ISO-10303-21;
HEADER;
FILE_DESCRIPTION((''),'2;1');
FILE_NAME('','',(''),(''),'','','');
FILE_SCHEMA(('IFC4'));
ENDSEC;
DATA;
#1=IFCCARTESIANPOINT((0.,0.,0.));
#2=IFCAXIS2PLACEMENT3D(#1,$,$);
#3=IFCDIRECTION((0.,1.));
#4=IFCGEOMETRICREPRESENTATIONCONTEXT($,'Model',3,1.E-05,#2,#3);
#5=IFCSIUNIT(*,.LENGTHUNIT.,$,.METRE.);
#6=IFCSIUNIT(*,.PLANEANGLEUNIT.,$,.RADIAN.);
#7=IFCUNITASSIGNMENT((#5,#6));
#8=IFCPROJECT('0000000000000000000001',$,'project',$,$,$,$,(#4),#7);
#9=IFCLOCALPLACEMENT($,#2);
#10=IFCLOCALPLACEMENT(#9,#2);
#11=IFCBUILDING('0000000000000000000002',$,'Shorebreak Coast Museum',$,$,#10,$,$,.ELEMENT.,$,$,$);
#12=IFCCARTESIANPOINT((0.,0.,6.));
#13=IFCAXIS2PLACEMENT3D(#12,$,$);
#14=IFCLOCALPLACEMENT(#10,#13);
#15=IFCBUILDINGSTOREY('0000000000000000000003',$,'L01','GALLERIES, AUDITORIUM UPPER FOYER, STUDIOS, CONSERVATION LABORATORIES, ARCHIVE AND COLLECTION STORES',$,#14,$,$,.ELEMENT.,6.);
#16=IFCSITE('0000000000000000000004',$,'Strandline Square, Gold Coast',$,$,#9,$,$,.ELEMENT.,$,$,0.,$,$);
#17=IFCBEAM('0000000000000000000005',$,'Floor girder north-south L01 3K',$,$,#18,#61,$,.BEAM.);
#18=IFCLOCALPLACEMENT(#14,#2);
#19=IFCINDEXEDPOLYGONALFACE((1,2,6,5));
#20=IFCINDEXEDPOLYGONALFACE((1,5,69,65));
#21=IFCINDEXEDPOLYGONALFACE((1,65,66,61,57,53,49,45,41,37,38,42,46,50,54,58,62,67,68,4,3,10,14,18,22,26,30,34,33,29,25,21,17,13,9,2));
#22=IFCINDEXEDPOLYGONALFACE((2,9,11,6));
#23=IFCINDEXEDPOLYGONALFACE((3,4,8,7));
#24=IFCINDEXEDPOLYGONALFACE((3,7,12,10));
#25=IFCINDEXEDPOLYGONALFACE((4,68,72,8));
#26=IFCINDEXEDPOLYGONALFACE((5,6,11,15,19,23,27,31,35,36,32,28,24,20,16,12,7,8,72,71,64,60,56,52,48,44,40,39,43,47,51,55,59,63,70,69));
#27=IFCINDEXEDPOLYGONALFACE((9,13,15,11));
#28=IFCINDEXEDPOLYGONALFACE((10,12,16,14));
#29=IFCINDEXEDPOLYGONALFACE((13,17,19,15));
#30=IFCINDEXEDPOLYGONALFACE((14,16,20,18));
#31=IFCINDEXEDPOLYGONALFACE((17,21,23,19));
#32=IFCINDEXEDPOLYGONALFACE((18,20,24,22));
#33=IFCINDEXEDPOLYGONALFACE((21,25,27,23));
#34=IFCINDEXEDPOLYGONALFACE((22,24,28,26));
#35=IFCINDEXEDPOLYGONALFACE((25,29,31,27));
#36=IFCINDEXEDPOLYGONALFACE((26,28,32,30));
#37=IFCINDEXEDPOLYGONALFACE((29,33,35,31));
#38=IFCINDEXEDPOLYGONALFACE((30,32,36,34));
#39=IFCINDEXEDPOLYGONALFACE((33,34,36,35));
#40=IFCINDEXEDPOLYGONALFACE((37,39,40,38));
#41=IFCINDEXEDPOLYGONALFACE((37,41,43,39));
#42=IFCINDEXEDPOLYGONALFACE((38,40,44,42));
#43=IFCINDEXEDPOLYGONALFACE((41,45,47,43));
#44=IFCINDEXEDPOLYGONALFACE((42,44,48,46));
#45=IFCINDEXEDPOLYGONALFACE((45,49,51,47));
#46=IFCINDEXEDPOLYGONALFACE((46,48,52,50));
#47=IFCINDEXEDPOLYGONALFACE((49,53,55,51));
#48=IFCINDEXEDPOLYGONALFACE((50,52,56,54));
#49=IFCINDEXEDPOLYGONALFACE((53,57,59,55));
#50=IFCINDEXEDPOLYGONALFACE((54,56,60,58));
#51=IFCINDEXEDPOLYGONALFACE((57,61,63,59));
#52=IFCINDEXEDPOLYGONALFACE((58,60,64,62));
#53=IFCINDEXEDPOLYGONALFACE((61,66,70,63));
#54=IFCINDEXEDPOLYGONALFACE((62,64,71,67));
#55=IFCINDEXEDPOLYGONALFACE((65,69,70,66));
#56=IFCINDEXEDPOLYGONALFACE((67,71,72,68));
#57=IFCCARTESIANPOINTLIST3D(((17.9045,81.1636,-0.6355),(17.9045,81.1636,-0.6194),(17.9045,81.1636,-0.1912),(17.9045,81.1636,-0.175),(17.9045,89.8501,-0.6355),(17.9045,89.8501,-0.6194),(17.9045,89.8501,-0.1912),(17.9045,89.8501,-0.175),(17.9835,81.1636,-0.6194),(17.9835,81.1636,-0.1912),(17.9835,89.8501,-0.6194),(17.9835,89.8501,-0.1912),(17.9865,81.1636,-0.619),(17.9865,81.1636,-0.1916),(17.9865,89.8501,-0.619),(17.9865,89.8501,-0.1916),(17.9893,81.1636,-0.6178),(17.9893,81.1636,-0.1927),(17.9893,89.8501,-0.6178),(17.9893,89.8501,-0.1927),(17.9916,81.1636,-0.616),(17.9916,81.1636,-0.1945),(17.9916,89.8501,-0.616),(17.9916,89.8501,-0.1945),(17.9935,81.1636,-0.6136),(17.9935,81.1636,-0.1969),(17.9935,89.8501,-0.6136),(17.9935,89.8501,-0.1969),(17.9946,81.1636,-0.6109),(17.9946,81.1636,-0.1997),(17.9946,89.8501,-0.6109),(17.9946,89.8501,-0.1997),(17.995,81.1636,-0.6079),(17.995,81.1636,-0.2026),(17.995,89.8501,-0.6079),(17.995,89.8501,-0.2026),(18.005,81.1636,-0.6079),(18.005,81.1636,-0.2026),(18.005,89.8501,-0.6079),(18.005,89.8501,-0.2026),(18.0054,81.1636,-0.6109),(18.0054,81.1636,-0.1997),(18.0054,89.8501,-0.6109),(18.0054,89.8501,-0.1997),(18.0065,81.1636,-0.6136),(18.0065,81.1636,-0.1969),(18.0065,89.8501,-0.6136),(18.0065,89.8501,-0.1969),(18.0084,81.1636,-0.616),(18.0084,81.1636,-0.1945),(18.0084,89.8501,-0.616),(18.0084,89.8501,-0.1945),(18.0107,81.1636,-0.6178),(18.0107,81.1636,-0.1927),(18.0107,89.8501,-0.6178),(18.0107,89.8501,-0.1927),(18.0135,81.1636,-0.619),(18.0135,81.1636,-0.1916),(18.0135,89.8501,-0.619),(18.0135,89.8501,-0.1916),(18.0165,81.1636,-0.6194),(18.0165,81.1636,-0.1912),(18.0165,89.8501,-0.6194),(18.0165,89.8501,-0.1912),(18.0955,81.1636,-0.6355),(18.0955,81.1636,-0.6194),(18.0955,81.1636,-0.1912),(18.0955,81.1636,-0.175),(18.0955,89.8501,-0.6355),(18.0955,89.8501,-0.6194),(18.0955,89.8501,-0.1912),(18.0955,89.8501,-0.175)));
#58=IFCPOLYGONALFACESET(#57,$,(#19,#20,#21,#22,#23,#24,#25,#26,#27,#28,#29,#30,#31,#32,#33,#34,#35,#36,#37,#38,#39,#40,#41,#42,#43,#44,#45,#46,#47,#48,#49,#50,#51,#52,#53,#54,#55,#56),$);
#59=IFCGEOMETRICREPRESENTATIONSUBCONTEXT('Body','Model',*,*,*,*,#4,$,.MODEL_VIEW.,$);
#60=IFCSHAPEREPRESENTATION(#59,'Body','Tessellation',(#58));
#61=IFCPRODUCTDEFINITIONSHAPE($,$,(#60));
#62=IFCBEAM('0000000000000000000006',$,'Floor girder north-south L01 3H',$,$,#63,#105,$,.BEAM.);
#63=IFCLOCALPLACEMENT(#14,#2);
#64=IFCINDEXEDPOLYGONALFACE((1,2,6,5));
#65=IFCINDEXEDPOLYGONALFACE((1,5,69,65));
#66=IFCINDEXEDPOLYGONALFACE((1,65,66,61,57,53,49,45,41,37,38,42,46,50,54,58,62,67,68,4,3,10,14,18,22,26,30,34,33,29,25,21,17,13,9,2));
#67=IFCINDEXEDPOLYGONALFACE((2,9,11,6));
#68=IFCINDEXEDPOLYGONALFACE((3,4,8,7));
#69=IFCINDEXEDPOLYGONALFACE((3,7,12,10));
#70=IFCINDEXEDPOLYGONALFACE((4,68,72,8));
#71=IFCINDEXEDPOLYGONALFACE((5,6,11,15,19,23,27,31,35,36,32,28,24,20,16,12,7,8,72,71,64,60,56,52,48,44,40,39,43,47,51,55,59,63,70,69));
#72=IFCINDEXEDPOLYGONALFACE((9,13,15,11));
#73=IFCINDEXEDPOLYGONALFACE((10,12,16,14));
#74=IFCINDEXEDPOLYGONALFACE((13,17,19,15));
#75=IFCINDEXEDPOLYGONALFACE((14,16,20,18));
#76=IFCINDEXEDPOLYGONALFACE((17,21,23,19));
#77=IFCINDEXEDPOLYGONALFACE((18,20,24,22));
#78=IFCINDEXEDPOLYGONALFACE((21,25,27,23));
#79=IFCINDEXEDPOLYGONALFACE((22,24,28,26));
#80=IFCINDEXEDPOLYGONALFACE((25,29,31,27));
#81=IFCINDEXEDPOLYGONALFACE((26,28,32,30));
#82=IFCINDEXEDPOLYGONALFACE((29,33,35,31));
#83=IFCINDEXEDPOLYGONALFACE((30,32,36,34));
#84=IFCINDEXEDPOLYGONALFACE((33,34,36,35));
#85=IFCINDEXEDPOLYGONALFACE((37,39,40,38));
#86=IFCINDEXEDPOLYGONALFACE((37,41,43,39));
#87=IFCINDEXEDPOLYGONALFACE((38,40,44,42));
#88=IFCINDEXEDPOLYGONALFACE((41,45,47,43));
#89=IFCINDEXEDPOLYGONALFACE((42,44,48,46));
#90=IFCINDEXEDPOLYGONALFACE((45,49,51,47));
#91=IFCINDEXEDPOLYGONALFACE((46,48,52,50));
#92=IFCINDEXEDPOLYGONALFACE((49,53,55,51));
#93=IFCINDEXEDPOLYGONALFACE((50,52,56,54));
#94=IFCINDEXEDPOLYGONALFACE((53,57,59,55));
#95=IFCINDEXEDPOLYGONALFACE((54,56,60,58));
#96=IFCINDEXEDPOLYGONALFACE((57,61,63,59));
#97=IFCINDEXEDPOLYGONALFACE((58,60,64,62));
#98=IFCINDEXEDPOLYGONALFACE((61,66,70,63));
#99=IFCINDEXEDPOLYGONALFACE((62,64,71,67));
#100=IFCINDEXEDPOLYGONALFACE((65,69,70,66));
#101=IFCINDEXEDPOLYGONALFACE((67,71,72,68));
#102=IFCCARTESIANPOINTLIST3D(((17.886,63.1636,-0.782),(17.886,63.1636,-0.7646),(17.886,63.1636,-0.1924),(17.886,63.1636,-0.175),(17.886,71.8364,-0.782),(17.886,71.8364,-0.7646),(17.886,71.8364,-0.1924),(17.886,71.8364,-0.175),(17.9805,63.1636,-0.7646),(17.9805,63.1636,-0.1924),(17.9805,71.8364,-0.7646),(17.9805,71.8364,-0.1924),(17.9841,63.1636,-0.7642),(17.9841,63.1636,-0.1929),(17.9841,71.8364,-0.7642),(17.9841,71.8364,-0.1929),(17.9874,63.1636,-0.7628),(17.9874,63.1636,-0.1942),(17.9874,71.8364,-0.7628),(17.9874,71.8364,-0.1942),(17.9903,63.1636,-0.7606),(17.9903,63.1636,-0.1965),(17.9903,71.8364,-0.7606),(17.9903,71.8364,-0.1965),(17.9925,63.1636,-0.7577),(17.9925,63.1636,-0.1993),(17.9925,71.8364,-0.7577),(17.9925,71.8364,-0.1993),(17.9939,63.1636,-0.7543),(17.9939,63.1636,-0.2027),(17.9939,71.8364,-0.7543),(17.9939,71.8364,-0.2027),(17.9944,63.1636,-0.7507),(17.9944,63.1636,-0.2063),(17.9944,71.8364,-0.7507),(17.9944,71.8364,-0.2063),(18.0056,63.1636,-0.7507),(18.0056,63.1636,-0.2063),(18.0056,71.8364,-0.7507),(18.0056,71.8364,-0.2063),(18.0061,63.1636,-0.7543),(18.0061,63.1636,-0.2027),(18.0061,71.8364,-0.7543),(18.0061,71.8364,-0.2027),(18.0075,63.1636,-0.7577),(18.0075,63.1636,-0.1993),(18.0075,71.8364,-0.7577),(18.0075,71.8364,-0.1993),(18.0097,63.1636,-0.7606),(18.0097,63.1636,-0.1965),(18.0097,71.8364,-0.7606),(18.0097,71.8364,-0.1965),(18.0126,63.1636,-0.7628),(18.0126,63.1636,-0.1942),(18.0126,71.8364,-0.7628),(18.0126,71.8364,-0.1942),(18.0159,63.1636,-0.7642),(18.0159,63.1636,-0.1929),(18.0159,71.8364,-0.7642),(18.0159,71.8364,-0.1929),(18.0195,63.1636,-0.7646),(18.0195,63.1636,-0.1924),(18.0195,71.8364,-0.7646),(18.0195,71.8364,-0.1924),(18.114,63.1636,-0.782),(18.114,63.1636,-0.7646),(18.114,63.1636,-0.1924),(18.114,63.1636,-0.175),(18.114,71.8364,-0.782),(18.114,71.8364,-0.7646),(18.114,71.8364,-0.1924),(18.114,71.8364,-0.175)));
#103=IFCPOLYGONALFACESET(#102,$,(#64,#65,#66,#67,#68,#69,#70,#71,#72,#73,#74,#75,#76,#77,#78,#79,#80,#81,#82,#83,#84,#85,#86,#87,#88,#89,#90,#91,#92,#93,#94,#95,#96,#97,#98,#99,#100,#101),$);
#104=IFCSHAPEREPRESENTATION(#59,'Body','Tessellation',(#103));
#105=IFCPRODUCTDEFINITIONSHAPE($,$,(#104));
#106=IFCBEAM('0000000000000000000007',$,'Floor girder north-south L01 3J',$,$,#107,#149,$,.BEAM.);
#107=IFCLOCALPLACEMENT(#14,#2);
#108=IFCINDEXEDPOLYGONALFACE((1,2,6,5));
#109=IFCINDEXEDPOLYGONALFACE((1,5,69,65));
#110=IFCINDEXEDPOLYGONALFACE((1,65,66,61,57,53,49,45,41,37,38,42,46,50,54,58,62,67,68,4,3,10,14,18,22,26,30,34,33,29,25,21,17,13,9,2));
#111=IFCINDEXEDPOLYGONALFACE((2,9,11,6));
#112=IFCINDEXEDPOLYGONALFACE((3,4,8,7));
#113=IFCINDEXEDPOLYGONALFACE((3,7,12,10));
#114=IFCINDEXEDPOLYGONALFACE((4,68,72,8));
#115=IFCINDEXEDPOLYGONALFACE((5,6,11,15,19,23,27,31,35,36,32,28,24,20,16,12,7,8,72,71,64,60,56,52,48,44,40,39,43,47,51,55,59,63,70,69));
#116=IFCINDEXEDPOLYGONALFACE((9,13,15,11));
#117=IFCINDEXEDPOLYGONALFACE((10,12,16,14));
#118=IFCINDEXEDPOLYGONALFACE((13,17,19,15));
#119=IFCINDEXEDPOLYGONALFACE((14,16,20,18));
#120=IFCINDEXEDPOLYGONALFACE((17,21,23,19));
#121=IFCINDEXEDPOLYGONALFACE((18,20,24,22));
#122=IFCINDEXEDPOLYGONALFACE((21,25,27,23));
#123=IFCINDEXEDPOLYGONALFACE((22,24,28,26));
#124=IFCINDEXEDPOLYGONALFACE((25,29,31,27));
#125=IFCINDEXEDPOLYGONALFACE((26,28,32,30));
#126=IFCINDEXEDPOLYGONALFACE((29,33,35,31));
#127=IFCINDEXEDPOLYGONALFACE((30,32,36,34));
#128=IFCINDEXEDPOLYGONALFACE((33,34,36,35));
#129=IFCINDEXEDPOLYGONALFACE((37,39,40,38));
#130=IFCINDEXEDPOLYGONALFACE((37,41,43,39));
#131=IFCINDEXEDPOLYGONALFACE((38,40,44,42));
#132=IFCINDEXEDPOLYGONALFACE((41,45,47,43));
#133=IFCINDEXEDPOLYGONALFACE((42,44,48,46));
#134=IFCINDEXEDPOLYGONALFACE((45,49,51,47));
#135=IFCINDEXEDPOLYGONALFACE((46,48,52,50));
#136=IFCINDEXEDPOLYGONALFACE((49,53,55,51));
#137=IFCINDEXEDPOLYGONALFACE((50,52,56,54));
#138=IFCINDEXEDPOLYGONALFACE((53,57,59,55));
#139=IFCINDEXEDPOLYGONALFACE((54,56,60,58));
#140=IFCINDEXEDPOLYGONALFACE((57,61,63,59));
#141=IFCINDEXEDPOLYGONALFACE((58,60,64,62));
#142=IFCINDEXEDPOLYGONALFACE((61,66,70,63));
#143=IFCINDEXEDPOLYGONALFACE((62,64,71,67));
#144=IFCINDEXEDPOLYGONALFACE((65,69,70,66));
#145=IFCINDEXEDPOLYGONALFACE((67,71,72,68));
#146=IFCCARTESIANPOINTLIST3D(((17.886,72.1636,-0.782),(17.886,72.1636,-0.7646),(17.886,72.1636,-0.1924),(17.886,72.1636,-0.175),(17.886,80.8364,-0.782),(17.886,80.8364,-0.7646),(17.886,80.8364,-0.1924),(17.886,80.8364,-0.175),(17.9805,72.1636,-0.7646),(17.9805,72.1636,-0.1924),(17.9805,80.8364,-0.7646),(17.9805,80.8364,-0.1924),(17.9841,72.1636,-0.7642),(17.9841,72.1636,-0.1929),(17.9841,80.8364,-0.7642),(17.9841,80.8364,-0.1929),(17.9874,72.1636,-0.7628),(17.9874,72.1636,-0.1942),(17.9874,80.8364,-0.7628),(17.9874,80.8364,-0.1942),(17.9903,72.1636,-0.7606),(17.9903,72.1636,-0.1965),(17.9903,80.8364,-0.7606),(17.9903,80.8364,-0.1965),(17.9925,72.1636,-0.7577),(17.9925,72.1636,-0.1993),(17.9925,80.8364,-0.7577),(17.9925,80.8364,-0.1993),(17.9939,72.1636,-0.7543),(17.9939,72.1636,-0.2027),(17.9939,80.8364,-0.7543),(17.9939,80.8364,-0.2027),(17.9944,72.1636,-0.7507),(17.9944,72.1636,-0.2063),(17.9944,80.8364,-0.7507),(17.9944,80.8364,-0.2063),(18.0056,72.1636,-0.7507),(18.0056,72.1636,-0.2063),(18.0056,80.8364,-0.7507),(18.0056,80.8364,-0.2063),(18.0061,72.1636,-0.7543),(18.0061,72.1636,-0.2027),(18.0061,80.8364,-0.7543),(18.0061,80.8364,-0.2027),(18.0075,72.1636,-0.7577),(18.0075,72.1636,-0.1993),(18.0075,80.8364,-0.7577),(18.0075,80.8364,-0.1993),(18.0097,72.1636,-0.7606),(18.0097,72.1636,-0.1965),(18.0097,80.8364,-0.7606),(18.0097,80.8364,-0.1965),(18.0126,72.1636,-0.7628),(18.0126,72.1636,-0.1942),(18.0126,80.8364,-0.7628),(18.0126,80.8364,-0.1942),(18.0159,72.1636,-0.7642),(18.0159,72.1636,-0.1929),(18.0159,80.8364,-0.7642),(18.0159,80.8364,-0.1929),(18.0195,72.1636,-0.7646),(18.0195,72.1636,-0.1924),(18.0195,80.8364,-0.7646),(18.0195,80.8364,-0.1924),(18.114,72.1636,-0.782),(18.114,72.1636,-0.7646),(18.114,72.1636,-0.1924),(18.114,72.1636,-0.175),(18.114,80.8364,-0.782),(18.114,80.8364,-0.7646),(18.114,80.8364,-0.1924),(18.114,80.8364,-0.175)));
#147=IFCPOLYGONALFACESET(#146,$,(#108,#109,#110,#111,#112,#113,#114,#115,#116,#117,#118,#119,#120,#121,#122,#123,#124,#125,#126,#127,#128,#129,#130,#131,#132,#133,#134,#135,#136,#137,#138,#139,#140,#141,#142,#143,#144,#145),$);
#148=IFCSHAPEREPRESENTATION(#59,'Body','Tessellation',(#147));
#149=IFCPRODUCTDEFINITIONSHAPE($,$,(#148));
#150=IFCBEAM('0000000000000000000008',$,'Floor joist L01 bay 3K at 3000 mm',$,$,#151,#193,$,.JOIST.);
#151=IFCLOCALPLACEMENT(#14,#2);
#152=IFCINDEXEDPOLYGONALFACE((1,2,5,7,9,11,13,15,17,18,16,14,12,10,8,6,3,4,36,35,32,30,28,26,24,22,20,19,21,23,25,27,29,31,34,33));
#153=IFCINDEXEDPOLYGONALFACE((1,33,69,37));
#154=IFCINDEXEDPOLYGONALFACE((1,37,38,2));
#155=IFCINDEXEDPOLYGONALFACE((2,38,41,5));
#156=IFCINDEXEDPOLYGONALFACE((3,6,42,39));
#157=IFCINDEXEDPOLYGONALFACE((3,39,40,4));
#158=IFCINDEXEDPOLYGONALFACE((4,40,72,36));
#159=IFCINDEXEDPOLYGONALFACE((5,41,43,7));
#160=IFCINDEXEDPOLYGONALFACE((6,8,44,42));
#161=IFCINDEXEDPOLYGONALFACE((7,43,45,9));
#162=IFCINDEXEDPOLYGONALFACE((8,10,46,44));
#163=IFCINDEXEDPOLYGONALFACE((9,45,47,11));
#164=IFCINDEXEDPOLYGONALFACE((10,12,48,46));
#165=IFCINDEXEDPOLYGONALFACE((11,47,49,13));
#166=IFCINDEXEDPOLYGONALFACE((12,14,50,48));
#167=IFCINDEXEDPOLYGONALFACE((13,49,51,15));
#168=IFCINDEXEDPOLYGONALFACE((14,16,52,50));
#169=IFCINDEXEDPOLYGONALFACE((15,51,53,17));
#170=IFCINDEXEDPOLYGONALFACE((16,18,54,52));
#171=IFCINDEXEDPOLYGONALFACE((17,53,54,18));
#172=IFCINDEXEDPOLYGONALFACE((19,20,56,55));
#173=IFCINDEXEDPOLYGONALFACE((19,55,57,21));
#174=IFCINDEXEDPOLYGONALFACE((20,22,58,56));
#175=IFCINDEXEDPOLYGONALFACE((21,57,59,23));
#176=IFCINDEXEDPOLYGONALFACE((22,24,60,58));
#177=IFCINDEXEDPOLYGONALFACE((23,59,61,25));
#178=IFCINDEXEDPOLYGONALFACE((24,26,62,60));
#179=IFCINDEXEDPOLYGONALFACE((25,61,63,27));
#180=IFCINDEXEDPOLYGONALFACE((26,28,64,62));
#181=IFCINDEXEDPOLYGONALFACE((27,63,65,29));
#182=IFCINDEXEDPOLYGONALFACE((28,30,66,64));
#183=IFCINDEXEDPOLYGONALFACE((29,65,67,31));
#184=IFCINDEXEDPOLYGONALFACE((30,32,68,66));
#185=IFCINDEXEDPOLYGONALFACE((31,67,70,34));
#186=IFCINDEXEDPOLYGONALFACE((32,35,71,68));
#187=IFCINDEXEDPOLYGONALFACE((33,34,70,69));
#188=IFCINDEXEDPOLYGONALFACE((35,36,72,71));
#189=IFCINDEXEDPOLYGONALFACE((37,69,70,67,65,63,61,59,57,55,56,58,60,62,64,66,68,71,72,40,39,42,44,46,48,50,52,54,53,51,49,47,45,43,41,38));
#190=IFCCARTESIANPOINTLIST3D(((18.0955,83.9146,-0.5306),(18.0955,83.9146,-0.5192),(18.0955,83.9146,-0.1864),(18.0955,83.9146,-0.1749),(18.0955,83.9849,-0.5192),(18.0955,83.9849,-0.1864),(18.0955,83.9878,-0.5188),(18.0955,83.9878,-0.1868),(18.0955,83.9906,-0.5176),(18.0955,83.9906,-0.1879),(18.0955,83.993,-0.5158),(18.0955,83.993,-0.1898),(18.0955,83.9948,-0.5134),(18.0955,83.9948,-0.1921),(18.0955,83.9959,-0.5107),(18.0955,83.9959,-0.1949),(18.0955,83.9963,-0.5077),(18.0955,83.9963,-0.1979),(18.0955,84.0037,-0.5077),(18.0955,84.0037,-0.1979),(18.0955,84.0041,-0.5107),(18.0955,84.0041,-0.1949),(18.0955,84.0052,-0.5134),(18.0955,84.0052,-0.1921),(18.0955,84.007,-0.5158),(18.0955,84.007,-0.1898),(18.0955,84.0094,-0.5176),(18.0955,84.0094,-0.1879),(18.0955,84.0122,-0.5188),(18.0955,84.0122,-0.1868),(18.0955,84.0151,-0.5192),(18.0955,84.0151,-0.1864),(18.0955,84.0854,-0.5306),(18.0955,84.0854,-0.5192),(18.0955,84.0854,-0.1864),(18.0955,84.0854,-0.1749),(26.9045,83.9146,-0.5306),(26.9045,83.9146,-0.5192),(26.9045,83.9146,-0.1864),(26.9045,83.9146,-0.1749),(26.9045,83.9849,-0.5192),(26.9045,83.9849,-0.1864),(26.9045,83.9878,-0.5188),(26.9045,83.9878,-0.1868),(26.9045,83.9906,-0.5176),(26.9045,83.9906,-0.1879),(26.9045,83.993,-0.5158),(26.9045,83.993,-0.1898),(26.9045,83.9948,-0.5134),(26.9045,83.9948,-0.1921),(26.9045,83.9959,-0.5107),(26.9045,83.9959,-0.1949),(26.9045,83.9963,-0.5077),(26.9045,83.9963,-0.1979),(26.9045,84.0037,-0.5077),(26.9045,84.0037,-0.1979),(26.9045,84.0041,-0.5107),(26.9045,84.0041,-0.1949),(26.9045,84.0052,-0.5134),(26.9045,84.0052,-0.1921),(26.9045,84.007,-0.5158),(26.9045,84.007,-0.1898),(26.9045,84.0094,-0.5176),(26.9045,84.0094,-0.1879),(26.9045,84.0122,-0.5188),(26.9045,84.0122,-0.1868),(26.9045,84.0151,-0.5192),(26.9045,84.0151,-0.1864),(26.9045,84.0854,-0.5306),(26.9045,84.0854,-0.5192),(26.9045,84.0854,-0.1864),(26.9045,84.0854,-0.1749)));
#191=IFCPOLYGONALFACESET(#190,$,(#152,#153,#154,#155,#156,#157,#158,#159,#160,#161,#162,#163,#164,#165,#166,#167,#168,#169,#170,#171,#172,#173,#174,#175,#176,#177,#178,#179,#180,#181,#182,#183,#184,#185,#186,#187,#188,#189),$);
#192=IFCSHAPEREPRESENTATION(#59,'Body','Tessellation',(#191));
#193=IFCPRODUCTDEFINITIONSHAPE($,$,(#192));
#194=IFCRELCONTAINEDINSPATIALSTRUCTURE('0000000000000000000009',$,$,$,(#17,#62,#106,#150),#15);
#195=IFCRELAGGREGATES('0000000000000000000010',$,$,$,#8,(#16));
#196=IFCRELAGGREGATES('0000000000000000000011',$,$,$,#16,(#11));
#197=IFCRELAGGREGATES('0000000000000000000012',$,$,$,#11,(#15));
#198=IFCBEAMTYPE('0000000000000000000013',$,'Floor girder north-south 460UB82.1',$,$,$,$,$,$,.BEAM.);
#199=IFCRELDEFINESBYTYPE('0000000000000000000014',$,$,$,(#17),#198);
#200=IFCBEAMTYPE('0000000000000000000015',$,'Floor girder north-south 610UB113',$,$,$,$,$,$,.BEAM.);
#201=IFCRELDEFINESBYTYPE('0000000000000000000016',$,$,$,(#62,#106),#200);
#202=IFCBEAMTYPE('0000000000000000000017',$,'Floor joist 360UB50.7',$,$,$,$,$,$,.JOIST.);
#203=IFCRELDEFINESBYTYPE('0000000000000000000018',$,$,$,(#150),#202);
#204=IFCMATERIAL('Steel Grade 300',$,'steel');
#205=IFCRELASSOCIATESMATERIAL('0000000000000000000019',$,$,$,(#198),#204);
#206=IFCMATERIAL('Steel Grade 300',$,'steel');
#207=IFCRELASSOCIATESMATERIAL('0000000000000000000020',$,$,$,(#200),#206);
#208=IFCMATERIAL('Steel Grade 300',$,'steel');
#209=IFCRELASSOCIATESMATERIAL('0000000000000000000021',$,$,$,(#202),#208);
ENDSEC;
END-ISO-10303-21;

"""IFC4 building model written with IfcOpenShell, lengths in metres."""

from ifc_helpers import new_model, si_unit, direction, frame, origin, origin_2d, place, context, subcontext, project, spatial, i_section, extrude, material, material_profile, profile_set, type_object, element, save


model = new_model("IFC4")

# Units and contexts
model_context = context("Model", 3, precision=1e-05, world=origin(), true_north=direction((0.0, 1.0)))
body_context = subcontext(model_context, "Body", "Model", "MODEL_VIEW")
ifc_project = project(units=[si_unit("LENGTHUNIT", "METRE"), si_unit("PLANEANGLEUNIT", "RADIAN")], contexts=[model_context])

# Site, building, storey
site_placement = place(None, origin())
site = spatial("IfcSite", under=ifc_project, at=site_placement, Name="Strandline Square, Gold Coast", CompositionType="ELEMENT", RefElevation=0.0)
building_placement = place(site_placement, origin())
building = spatial("IfcBuilding", under=site, at=building_placement, Name="Shorebreak Coast Museum", CompositionType="ELEMENT")
storey_placement = place(building_placement, frame((0.0, 0.0, 6.0)))
storey = spatial("IfcBuildingStorey", under=building, at=storey_placement, Name="L01", Description="GALLERIES, AUDITORIUM UPPER FOYER, STUDIOS, CONSERVATION LABORATORIES, ARCHIVE AND COLLECTION STORES", CompositionType="ELEMENT", Elevation=6.0)

# Beams
ifc_material_1 = material(Name="Steel Grade 300", Category="steel")
ifc_material_profile_1 = material_profile(ifc_material_1, i_section(OverallWidth=0.1909, OverallDepth=0.4604, WebThickness=0.01, FlangeThickness=0.0161, FilletRadius=0.0115, at=origin_2d()), Name="460UB82.1")
ifc_profile_set_1 = profile_set([ifc_material_profile_1], Name="Steel Grade 300")
beam_type_1 = type_object("IfcBeamType", Name="Floor girder north-south 460UB82.1", PredefinedType="BEAM", material=ifc_profile_set_1)
beam_1_placement = place(storey_placement, frame((18.0, 81.1636, -0.4053), z_axis=(0.0, 1.0, 0.0), x_axis=(-1.0, 0.0, 0.0)))
element("IfcBeam", 1, at=beam_1_placement, inside=storey, type_object=beam_type_1, Name="Floor girder north-south L01 3K", PredefinedType="BEAM", context=body_context, shape_type="SweptSolid", body=[
    extrude(i_section(OverallWidth=0.1909, OverallDepth=0.4604, WebThickness=0.01, FlangeThickness=0.0161, FilletRadius=0.0115, at=origin_2d()), origin(), (0.0, 0.0, 1.0), 8.6865),
])
ifc_material_2 = material(Name="Steel Grade 300", Category="steel")
ifc_material_profile_2 = material_profile(ifc_material_2, i_section(OverallWidth=0.228, OverallDepth=0.6069, WebThickness=0.0112, FlangeThickness=0.0173, FilletRadius=0.0139, at=origin_2d()), Name="610UB113")
ifc_profile_set_2 = profile_set([ifc_material_profile_2], Name="Steel Grade 300")
beam_type_2 = type_object("IfcBeamType", Name="Floor girder north-south 610UB113", PredefinedType="BEAM", material=ifc_profile_set_2)
for number, where, z_axis, x_axis, name in (
    (2, (18.0, 63.1636, -0.4785), (0.0, 1.0, 0.0), (-1.0, 0.0, 0.0), "Floor girder north-south L01 3H"),
    (3, (18.0, 72.1636, -0.4785), (0.0, 1.0, 0.0), (-1.0, 0.0, 0.0), "Floor girder north-south L01 3J"),
):
    element("IfcBeam", number, at=place(storey_placement, frame(where, z_axis=z_axis, x_axis=x_axis)), inside=storey, type_object=beam_type_2, Name=name, PredefinedType="BEAM", context=body_context, shape_type="SweptSolid", body=[
        extrude(i_section(OverallWidth=0.228, OverallDepth=0.6069, WebThickness=0.0112, FlangeThickness=0.0173, FilletRadius=0.0139, at=origin_2d()), origin(), (0.0, 0.0, 1.0), 8.6729),
    ])
ifc_material_3 = material(Name="Steel Grade 300", Category="steel")
ifc_material_profile_3 = material_profile(ifc_material_3, i_section(OverallWidth=0.1709, OverallDepth=0.3557, WebThickness=0.0073, FlangeThickness=0.0115, FilletRadius=0.0115, at=origin_2d()), Name="360UB50.7")
ifc_profile_set_3 = profile_set([ifc_material_profile_3], Name="Steel Grade 300")
beam_type_3 = type_object("IfcBeamType", Name="Floor joist 360UB50.7", PredefinedType="JOIST", material=ifc_profile_set_3)
beam_2_placement = place(storey_placement, frame((18.0955, 84.0, -0.3528), z_axis=(1.0, 0.0, 0.0), x_axis=(0.0, 1.0, 0.0)))
element("IfcBeam", 4, at=beam_2_placement, inside=storey, type_object=beam_type_3, Name="Floor joist L01 bay 3K at 3000 mm", PredefinedType="JOIST", context=body_context, shape_type="SweptSolid", body=[
    extrude(i_section(OverallWidth=0.1709, OverallDepth=0.3557, WebThickness=0.0073, FlangeThickness=0.0115, FilletRadius=0.0115, at=origin_2d()), origin(), (0.0, 0.0, 1.0), 8.8091),
])

save(model, "model.ifc")
